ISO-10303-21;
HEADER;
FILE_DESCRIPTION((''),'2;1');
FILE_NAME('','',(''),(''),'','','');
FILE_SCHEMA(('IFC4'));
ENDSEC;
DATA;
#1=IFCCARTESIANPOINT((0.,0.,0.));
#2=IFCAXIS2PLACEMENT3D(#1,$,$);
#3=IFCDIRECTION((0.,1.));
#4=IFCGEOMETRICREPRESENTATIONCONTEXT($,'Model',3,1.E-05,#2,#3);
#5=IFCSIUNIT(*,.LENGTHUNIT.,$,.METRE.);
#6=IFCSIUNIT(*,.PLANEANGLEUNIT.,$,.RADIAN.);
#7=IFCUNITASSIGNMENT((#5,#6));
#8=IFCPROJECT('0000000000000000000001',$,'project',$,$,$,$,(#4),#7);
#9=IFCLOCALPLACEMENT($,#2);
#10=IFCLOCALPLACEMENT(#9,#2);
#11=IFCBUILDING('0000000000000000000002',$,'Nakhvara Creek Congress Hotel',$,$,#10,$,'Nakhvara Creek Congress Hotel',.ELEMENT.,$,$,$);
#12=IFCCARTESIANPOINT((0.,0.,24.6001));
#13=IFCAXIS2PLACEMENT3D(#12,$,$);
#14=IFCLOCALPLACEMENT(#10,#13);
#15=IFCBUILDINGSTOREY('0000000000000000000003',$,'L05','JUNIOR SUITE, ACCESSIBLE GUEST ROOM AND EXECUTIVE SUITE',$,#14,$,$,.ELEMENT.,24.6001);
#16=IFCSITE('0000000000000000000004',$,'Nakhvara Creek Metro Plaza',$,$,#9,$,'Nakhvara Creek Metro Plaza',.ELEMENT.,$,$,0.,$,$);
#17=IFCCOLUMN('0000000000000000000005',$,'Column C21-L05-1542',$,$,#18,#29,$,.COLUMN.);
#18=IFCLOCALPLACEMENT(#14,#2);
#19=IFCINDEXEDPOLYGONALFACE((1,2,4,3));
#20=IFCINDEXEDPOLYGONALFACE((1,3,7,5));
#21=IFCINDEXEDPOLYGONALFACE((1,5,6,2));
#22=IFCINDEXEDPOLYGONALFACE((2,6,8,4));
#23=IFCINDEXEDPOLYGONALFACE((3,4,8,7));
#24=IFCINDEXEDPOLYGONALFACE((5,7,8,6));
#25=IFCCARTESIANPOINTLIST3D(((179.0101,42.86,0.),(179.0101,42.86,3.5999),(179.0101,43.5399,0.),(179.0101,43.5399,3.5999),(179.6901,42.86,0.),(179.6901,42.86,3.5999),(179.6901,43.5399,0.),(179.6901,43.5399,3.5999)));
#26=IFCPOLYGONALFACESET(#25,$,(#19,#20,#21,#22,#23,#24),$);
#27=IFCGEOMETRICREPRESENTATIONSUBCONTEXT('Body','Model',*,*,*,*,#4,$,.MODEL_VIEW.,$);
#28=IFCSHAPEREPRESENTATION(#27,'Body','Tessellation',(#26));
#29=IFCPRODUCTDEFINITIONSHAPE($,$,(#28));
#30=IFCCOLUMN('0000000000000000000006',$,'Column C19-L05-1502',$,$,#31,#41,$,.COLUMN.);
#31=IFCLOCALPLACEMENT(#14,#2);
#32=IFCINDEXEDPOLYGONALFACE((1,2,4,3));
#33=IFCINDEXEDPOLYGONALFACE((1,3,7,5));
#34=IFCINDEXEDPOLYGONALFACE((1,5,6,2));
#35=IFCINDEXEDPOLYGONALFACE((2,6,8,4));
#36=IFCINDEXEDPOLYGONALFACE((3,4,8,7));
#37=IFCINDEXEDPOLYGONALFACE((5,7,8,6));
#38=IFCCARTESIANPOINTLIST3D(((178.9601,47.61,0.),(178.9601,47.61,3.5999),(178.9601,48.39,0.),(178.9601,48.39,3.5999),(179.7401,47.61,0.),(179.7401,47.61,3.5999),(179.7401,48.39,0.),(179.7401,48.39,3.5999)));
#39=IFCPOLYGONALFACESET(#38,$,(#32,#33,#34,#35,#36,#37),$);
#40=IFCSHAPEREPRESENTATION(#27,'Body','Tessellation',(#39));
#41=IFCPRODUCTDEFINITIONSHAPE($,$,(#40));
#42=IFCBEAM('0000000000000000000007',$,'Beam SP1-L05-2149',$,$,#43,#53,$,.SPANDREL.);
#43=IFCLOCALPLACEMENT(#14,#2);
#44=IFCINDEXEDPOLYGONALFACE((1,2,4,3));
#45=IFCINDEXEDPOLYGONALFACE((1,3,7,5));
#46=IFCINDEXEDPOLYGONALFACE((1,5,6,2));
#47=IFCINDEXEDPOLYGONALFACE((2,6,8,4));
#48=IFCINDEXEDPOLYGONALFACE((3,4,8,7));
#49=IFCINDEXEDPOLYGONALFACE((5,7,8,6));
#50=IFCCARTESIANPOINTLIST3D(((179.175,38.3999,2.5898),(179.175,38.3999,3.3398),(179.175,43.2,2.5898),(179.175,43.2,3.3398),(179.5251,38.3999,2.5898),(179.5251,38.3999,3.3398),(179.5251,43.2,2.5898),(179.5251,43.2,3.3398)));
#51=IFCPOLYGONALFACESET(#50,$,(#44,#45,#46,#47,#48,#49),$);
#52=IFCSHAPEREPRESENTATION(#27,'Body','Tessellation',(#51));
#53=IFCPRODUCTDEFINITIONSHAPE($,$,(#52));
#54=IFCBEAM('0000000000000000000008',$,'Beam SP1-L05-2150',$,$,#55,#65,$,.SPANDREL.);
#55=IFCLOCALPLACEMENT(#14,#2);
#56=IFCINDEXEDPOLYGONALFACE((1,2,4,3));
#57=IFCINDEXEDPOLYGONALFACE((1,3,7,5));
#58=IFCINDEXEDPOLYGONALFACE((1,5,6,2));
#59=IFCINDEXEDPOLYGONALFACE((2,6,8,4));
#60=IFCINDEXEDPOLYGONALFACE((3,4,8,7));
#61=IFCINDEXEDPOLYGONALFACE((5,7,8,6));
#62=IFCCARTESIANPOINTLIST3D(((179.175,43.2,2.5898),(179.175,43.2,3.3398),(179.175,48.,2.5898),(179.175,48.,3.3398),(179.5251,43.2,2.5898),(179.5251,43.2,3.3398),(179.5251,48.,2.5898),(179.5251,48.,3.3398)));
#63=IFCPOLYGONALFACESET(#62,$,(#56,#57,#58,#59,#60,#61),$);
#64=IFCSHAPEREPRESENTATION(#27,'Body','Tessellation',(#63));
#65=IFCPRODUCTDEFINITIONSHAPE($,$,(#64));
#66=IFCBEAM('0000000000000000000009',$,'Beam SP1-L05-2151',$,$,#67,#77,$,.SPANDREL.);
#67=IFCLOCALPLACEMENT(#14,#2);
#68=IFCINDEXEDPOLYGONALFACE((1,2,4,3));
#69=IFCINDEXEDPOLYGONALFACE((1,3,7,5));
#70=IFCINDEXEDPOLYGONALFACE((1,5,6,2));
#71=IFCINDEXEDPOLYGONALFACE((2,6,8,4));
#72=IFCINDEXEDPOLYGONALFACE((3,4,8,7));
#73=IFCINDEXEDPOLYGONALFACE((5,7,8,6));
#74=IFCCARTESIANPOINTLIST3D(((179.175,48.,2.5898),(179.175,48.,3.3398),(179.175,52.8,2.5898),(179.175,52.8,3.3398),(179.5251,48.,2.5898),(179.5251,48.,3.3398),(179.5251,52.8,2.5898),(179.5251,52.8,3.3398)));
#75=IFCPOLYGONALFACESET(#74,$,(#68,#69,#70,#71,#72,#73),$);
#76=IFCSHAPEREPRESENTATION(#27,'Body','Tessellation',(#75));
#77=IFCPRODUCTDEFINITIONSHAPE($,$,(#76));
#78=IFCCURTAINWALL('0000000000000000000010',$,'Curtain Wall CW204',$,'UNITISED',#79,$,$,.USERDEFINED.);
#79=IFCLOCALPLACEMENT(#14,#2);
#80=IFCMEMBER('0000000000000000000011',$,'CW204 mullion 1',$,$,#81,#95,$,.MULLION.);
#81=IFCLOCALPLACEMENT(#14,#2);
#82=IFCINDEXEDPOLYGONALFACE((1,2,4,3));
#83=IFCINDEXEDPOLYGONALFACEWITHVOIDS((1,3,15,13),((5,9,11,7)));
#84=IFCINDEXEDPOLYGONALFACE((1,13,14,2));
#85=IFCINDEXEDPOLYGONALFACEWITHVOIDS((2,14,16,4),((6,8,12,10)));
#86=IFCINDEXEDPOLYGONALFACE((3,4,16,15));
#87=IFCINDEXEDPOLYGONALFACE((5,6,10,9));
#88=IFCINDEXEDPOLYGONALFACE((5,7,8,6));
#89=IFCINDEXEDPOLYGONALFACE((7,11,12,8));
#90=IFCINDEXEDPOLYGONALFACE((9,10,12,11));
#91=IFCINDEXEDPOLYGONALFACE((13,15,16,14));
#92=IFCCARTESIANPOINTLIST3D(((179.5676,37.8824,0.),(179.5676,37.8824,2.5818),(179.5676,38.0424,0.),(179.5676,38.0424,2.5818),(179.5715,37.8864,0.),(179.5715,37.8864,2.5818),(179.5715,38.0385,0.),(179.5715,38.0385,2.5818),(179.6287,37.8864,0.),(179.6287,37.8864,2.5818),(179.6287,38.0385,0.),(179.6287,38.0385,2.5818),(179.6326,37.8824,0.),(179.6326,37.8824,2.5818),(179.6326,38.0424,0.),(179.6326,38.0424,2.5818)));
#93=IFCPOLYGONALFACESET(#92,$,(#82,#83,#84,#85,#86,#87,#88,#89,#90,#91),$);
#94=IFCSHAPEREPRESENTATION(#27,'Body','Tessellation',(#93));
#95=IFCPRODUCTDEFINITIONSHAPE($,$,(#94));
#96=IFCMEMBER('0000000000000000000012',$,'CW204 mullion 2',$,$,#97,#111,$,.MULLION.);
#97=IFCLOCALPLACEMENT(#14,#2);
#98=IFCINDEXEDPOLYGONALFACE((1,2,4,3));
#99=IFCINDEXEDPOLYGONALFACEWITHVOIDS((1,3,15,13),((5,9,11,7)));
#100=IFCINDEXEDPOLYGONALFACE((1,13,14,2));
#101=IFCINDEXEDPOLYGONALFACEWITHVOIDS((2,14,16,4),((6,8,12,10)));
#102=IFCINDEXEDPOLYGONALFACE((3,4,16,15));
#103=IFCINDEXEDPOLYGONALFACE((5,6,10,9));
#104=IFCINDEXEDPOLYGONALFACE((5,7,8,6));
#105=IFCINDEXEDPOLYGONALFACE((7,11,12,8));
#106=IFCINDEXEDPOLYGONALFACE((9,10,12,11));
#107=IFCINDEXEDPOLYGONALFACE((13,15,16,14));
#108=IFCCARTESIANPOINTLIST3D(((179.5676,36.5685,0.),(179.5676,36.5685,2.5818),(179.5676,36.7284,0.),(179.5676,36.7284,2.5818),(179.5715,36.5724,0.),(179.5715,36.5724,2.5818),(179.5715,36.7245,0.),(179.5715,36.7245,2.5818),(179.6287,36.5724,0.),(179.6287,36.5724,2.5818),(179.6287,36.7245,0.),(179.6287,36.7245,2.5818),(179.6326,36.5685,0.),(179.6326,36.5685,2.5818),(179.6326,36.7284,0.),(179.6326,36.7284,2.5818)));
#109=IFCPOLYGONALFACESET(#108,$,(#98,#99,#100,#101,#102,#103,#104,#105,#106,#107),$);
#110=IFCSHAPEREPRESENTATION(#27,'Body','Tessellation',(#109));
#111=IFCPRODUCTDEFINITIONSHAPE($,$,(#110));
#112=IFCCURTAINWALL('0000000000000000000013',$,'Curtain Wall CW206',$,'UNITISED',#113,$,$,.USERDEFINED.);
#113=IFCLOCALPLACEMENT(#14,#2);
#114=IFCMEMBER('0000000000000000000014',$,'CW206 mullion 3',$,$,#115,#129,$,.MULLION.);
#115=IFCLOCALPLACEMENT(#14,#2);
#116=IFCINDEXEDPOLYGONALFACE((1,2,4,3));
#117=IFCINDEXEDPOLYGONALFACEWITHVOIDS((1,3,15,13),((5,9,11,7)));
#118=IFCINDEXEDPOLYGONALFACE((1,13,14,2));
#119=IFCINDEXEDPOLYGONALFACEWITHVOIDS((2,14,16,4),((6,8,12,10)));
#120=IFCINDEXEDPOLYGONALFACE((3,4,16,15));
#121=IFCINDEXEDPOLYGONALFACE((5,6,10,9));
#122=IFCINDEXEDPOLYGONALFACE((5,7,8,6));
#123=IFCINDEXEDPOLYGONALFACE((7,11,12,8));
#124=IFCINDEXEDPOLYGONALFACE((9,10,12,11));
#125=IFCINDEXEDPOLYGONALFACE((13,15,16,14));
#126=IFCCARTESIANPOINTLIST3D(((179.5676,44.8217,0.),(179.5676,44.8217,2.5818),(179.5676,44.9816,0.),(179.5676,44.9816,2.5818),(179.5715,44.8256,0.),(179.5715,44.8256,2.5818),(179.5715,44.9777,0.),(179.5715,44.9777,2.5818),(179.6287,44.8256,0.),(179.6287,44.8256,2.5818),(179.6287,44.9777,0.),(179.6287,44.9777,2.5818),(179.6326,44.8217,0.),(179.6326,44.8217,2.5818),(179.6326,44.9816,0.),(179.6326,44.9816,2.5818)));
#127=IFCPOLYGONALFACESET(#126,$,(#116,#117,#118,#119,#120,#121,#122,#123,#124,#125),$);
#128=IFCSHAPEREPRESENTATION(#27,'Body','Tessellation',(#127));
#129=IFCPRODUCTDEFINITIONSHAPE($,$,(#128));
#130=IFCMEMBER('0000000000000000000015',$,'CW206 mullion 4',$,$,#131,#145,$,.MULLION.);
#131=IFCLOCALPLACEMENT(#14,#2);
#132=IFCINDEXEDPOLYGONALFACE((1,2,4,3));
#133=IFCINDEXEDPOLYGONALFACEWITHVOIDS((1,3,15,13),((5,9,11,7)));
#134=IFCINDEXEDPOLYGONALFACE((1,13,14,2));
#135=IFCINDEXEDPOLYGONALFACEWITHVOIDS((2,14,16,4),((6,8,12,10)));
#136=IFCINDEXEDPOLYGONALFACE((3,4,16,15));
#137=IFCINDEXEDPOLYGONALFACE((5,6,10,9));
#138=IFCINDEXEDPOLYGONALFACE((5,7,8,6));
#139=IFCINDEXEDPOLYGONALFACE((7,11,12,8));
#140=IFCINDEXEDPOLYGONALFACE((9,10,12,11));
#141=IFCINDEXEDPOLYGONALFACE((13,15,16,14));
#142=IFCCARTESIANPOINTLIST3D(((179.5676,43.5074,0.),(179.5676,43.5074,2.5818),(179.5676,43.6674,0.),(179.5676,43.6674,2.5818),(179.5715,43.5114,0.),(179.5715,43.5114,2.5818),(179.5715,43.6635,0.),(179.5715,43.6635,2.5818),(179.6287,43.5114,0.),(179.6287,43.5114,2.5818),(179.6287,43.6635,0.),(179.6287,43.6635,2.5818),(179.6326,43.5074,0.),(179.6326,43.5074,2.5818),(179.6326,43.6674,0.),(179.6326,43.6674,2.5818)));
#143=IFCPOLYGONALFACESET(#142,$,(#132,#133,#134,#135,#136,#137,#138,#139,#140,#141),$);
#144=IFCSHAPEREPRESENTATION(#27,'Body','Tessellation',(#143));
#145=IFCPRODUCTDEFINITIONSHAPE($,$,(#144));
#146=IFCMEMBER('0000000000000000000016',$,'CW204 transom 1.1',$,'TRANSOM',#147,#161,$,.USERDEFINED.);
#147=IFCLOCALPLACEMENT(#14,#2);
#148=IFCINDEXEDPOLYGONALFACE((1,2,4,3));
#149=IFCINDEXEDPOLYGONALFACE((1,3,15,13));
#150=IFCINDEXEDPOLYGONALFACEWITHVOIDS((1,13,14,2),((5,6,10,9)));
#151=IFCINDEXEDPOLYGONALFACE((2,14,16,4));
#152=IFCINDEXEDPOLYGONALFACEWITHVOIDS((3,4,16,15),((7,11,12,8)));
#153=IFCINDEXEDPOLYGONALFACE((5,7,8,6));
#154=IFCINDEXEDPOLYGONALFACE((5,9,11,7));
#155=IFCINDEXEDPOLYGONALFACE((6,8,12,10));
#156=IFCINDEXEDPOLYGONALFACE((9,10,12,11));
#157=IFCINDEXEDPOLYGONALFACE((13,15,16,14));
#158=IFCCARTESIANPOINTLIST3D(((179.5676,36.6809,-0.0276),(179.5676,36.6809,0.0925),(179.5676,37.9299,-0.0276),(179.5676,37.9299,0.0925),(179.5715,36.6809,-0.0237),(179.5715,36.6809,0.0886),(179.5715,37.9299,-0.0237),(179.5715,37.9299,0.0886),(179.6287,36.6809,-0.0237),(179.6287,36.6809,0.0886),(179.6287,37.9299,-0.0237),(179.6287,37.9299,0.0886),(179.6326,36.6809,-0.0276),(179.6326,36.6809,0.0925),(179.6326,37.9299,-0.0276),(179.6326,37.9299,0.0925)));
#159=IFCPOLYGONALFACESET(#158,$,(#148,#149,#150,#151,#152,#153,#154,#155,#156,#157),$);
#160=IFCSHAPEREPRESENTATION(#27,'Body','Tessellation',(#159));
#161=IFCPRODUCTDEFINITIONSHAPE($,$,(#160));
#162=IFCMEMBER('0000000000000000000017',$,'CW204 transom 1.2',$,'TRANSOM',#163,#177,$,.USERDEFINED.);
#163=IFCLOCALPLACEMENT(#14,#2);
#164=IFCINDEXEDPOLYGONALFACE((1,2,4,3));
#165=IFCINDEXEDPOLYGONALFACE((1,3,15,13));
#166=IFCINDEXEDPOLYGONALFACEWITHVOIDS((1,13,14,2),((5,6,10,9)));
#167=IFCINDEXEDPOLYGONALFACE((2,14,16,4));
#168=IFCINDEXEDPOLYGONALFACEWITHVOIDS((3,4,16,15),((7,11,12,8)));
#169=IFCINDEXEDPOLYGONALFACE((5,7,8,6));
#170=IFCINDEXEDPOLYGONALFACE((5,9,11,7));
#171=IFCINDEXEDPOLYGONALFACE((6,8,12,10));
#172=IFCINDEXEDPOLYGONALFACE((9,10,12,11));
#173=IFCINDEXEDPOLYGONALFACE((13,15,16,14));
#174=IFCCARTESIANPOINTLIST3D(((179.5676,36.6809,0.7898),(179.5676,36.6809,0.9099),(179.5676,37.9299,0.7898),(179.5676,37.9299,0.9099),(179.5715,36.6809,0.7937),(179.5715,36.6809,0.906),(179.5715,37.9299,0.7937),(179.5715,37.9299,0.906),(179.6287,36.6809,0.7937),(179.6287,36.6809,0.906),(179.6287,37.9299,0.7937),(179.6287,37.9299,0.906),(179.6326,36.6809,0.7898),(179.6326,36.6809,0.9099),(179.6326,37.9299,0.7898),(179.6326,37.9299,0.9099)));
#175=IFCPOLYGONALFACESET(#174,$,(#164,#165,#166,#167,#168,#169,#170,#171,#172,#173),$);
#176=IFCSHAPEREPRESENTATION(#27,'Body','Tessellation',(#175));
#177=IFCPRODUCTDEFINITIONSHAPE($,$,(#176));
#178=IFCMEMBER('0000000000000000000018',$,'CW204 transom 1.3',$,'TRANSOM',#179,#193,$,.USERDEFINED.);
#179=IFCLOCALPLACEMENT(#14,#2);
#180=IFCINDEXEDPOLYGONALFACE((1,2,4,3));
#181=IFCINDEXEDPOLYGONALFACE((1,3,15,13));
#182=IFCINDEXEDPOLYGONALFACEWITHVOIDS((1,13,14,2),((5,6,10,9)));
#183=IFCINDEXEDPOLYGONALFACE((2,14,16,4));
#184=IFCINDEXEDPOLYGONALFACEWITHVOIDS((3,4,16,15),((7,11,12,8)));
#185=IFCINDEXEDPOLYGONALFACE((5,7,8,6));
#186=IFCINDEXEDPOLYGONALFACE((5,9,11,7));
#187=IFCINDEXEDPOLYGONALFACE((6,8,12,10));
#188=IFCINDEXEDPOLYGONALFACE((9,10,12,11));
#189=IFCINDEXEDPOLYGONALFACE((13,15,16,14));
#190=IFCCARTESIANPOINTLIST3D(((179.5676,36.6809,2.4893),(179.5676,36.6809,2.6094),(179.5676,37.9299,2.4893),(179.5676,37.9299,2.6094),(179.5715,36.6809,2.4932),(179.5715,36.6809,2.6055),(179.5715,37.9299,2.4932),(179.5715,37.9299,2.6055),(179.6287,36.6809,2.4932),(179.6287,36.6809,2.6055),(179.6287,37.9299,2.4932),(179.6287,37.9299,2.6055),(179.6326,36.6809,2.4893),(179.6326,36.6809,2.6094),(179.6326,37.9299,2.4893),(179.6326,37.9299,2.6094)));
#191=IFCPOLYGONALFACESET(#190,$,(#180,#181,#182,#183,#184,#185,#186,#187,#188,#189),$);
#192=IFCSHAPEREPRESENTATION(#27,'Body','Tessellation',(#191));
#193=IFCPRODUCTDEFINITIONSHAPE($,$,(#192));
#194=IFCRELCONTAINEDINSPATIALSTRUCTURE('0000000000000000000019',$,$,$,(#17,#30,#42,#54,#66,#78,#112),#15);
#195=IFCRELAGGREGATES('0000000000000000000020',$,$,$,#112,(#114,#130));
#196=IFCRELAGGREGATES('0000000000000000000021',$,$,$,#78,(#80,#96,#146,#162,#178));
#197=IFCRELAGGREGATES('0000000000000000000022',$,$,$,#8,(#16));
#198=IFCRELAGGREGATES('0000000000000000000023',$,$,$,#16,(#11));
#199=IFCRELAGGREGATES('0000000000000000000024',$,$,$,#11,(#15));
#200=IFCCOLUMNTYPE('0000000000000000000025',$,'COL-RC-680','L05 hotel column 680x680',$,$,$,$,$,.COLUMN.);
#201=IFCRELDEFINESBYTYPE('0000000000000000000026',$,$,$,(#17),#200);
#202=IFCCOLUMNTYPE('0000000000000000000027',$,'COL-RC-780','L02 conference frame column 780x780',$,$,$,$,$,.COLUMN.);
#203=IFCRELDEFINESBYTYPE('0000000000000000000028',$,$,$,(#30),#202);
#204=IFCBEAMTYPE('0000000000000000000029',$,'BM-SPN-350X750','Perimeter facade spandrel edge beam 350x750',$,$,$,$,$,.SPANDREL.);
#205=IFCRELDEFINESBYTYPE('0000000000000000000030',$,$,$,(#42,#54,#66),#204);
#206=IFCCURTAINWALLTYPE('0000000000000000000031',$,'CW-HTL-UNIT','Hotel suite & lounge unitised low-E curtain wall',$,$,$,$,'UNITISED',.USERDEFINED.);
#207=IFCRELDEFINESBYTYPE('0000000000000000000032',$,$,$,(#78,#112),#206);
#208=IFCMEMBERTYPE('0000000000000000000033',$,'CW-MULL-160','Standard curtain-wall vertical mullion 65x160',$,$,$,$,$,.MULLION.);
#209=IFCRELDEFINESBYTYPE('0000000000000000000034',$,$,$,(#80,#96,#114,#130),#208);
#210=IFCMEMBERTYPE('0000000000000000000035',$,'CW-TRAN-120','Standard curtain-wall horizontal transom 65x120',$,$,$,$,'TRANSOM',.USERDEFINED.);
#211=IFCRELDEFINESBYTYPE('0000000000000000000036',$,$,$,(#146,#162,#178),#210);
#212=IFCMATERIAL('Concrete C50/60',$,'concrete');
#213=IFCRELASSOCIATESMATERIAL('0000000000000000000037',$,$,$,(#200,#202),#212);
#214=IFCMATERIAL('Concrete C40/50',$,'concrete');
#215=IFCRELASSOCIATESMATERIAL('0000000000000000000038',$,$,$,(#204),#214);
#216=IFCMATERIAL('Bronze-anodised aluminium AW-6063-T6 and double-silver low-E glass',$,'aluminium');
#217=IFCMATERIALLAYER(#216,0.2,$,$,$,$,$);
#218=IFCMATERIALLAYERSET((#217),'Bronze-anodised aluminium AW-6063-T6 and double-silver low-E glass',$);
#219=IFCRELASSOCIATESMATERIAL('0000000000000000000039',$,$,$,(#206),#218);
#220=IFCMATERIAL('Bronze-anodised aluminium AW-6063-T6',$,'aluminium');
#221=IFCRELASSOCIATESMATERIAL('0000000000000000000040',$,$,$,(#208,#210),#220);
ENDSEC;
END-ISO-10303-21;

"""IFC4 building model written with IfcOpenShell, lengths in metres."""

from ifc_helpers import new_model, si_unit, direction, frame, origin, origin_2d, place, context, subcontext, project, spatial, rectangle, hollow_rectangle, extrude, material, layer, layer_set, material_profile, profile_set, type_object, element, aggregate, save


model = new_model("IFC4")

# Units and contexts
model_context = context("Model", 3, precision=1e-05, world=origin(), true_north=direction((0.0, 1.0)))
body_context = subcontext(model_context, "Body", "Model", "MODEL_VIEW")
ifc_project = project(units=[si_unit("LENGTHUNIT", "METRE"), si_unit("PLANEANGLEUNIT", "RADIAN")], contexts=[model_context])

# Site, building, storey
site_placement = place(None, origin())
site = spatial("IfcSite", under=ifc_project, at=site_placement, Name="Nakhvara Creek Metro Plaza", LongName="Nakhvara Creek Metro Plaza", CompositionType="ELEMENT", RefElevation=0.0)
building_placement = place(site_placement, origin())
building = spatial("IfcBuilding", under=site, at=building_placement, Name="Nakhvara Creek Congress Hotel", LongName="Nakhvara Creek Congress Hotel", CompositionType="ELEMENT")
storey_placement = place(building_placement, frame((0.0, 0.0, 24.6001)))
storey = spatial("IfcBuildingStorey", under=building, at=storey_placement, Name="L05", Description="JUNIOR SUITE, ACCESSIBLE GUEST ROOM AND EXECUTIVE SUITE", CompositionType="ELEMENT", Elevation=24.6001)

# Columns
ifc_material_1 = material(Name="Concrete C50/60", Category="concrete")
ifc_material_profile_1 = material_profile(ifc_material_1, rectangle(XDim=0.6799, YDim=0.6799, at=origin_2d()), Name="RC-COL 680x680", Category="LoadBearing")
ifc_profile_set_1 = profile_set([ifc_material_profile_1], Name="Concrete C50/60")
column_type_1 = type_object("IfcColumnType", Name="COL-RC-680", Description="L05 hotel column 680x680", PredefinedType="COLUMN", material=ifc_profile_set_1)
column_1_placement = place(storey_placement, frame((179.3501, 43.2, 0.0), z_axis=(0.0, 0.0, 1.0), x_axis=(1.0, 0.0, 0.0)))
element("IfcColumn", 1, at=column_1_placement, inside=storey, type_object=column_type_1, Name="Column C21-L05-1542", PredefinedType="COLUMN", context=body_context, shape_type="SweptSolid", body=[
    extrude(rectangle(XDim=0.6799, YDim=0.6799, at=origin_2d()), origin(), (0.0, 0.0, 1.0), 3.5999),
])
ifc_material_profile_2 = material_profile(ifc_material_1, rectangle(XDim=0.78, YDim=0.78, at=origin_2d()), Name="RC-COL 780x780", Category="LoadBearing")
ifc_profile_set_2 = profile_set([ifc_material_profile_2], Name="Concrete C50/60")
column_type_2 = type_object("IfcColumnType", Name="COL-RC-780", Description="L02 conference frame column 780x780", PredefinedType="COLUMN", material=ifc_profile_set_2)
column_2_placement = place(storey_placement, frame((179.3501, 48.0, 0.0), z_axis=(0.0, 0.0, 1.0), x_axis=(1.0, 0.0, 0.0)))
element("IfcColumn", 2, at=column_2_placement, inside=storey, type_object=column_type_2, Name="Column C19-L05-1502", PredefinedType="COLUMN", context=body_context, shape_type="SweptSolid", body=[
    extrude(rectangle(XDim=0.78, YDim=0.78, at=origin_2d()), origin(), (0.0, 0.0, 1.0), 3.5999),
])

# Beams
ifc_material_2 = material(Name="Concrete C40/50", Category="concrete")
ifc_material_profile_3 = material_profile(ifc_material_2, rectangle(XDim=0.3501, YDim=0.75, at=origin_2d()), Name="RC-SPANDREL 350x750", Category="LoadBearing")
ifc_profile_set_3 = profile_set([ifc_material_profile_3], Name="Concrete C40/50")
beam_type = type_object("IfcBeamType", Name="BM-SPN-350X750", Description="Perimeter facade spandrel edge beam 350x750", PredefinedType="SPANDREL", material=ifc_profile_set_3)
for number, where, z_axis, x_axis, name in (
    (3, (179.3501, 38.3999, 2.9648), (0.0, 1.0, 0.0), (-1.0, 0.0, 0.0), "Beam SP1-L05-2149"),
    (4, (179.3501, 43.2, 2.9648), (0.0, 1.0, 0.0), (-1.0, 0.0, 0.0), "Beam SP1-L05-2150"),
    (5, (179.3501, 48.0, 2.9648), (0.0, 1.0, 0.0), (-1.0, 0.0, 0.0), "Beam SP1-L05-2151"),
):
    element("IfcBeam", number, at=place(storey_placement, frame(where, z_axis=z_axis, x_axis=x_axis)), inside=storey, type_object=beam_type, Name=name, PredefinedType="SPANDREL", context=body_context, shape_type="SweptSolid", body=[
        extrude(rectangle(XDim=0.3501, YDim=0.75, at=origin_2d()), origin(), (0.0, 0.0, 1.0), 4.8),
    ])

# Curtain walls, members
ifc_material_3 = material(Name="Bronze-anodised aluminium AW-6063-T6 and double-silver low-E glass", Category="aluminium")
ifc_layer_1 = layer(ifc_material_3, 0.2)
ifc_layer_set_1 = layer_set([ifc_layer_1], Name="Bronze-anodised aluminium AW-6063-T6 and double-silver low-E glass")
curtain_wall_type = type_object("IfcCurtainWallType", Name="CW-HTL-UNIT", Description="Hotel suite & lounge unitised low-E curtain wall", ElementType="UNITISED", PredefinedType="USERDEFINED", material=ifc_layer_set_1)
curtain_wall_1_placement = place(storey_placement, origin())
curtain_wall_1 = element("IfcCurtainWall", 6, at=curtain_wall_1_placement, inside=storey, type_object=curtain_wall_type, Name="Curtain Wall CW204", ObjectType="UNITISED", PredefinedType="USERDEFINED")
ifc_material_4 = material(Name="Bronze-anodised aluminium AW-6063-T6", Category="aluminium")
ifc_material_profile_4 = material_profile(ifc_material_4, hollow_rectangle(XDim=0.0649, YDim=0.1599, WallThickness=0.0039, at=origin_2d()), Name="ALU-MULL 65x160x4", Category="LoadBearing")
ifc_profile_set_4 = profile_set([ifc_material_profile_4], Name="Bronze-anodised aluminium AW-6063-T6")
member_type_1 = type_object("IfcMemberType", Name="CW-MULL-160", Description="Standard curtain-wall vertical mullion 65x160", PredefinedType="MULLION", material=ifc_profile_set_4)
member_1_placement = place(storey_placement, frame((179.6001, 37.9624, 0.0), z_axis=(0.0, 0.0, 1.0), x_axis=(1.0, 0.0, 0.0)))
member_1 = element("IfcMember", 7, at=member_1_placement, type_object=member_type_1, Name="CW204 mullion 1", PredefinedType="MULLION", context=body_context, shape_type="SweptSolid", body=[
    extrude(hollow_rectangle(XDim=0.0649, YDim=0.1599, WallThickness=0.0039, at=origin_2d()), origin(), (0.0, 0.0, 1.0), 2.5818),
])
member_2_placement = place(storey_placement, frame((179.6001, 36.6484, 0.0), z_axis=(0.0, 0.0, 1.0), x_axis=(1.0, 0.0, 0.0)))
member_2 = element("IfcMember", 8, at=member_2_placement, type_object=member_type_1, Name="CW204 mullion 2", PredefinedType="MULLION", context=body_context, shape_type="SweptSolid", body=[
    extrude(hollow_rectangle(XDim=0.0649, YDim=0.1599, WallThickness=0.0039, at=origin_2d()), origin(), (0.0, 0.0, 1.0), 2.5818),
])
curtain_wall_2_placement = place(storey_placement, origin())
curtain_wall_2 = element("IfcCurtainWall", 9, at=curtain_wall_2_placement, inside=storey, type_object=curtain_wall_type, Name="Curtain Wall CW206", ObjectType="UNITISED", PredefinedType="USERDEFINED")
member_3_placement = place(storey_placement, frame((179.6001, 44.9016, 0.0), z_axis=(0.0, 0.0, 1.0), x_axis=(1.0, 0.0, 0.0)))
member_3 = element("IfcMember", 10, at=member_3_placement, type_object=member_type_1, Name="CW206 mullion 3", PredefinedType="MULLION", context=body_context, shape_type="SweptSolid", body=[
    extrude(hollow_rectangle(XDim=0.0649, YDim=0.1599, WallThickness=0.0039, at=origin_2d()), origin(), (0.0, 0.0, 1.0), 2.5818),
])
member_4_placement = place(storey_placement, frame((179.6001, 43.5874, 0.0), z_axis=(0.0, 0.0, 1.0), x_axis=(1.0, 0.0, 0.0)))
member_4 = element("IfcMember", 11, at=member_4_placement, type_object=member_type_1, Name="CW206 mullion 4", PredefinedType="MULLION", context=body_context, shape_type="SweptSolid", body=[
    extrude(hollow_rectangle(XDim=0.0649, YDim=0.1599, WallThickness=0.0039, at=origin_2d()), origin(), (0.0, 0.0, 1.0), 2.5818),
])

# Members
ifc_material_profile_5 = material_profile(ifc_material_4, hollow_rectangle(XDim=0.0649, YDim=0.1201, WallThickness=0.0039, at=origin_2d()), Name="ALU-TRAN 65x120x4", Category="LoadBearing")
ifc_profile_set_5 = profile_set([ifc_material_profile_5], Name="Bronze-anodised aluminium AW-6063-T6")
member_type_2 = type_object("IfcMemberType", Name="CW-TRAN-120", Description="Standard curtain-wall horizontal transom 65x120", ElementType="TRANSOM", PredefinedType="USERDEFINED", material=ifc_profile_set_5)
member_5_placement = place(storey_placement, frame((179.6001, 37.9299, 0.0325), z_axis=(0.0, -1.0, 0.0), x_axis=(1.0, 0.0, 0.0)))
member_5 = element("IfcMember", 12, at=member_5_placement, type_object=member_type_2, Name="CW204 transom 1.1", ObjectType="TRANSOM", PredefinedType="USERDEFINED", context=body_context, shape_type="SweptSolid", body=[
    extrude(hollow_rectangle(XDim=0.0649, YDim=0.1201, WallThickness=0.0039, at=origin_2d()), origin(), (0.0, 0.0, 1.0), 1.249),
])
member_6_placement = place(storey_placement, frame((179.6001, 37.9299, 0.8499), z_axis=(0.0, -1.0, 0.0), x_axis=(1.0, 0.0, 0.0)))
member_6 = element("IfcMember", 13, at=member_6_placement, type_object=member_type_2, Name="CW204 transom 1.2", ObjectType="TRANSOM", PredefinedType="USERDEFINED", context=body_context, shape_type="SweptSolid", body=[
    extrude(hollow_rectangle(XDim=0.0649, YDim=0.1201, WallThickness=0.0039, at=origin_2d()), origin(), (0.0, 0.0, 1.0), 1.249),
])
member_7_placement = place(storey_placement, frame((179.6001, 37.9299, 2.5493), z_axis=(0.0, -1.0, 0.0), x_axis=(1.0, 0.0, 0.0)))
member_7 = element("IfcMember", 14, at=member_7_placement, type_object=member_type_2, Name="CW204 transom 1.3", ObjectType="TRANSOM", PredefinedType="USERDEFINED", context=body_context, shape_type="SweptSolid", body=[
    extrude(hollow_rectangle(XDim=0.0649, YDim=0.1201, WallThickness=0.0039, at=origin_2d()), origin(), (0.0, 0.0, 1.0), 1.249),
])

aggregate(curtain_wall_2, [member_3, member_4])
aggregate(curtain_wall_1, [member_1, member_2, member_5, member_6, member_7])

save(model, "model.ifc")
